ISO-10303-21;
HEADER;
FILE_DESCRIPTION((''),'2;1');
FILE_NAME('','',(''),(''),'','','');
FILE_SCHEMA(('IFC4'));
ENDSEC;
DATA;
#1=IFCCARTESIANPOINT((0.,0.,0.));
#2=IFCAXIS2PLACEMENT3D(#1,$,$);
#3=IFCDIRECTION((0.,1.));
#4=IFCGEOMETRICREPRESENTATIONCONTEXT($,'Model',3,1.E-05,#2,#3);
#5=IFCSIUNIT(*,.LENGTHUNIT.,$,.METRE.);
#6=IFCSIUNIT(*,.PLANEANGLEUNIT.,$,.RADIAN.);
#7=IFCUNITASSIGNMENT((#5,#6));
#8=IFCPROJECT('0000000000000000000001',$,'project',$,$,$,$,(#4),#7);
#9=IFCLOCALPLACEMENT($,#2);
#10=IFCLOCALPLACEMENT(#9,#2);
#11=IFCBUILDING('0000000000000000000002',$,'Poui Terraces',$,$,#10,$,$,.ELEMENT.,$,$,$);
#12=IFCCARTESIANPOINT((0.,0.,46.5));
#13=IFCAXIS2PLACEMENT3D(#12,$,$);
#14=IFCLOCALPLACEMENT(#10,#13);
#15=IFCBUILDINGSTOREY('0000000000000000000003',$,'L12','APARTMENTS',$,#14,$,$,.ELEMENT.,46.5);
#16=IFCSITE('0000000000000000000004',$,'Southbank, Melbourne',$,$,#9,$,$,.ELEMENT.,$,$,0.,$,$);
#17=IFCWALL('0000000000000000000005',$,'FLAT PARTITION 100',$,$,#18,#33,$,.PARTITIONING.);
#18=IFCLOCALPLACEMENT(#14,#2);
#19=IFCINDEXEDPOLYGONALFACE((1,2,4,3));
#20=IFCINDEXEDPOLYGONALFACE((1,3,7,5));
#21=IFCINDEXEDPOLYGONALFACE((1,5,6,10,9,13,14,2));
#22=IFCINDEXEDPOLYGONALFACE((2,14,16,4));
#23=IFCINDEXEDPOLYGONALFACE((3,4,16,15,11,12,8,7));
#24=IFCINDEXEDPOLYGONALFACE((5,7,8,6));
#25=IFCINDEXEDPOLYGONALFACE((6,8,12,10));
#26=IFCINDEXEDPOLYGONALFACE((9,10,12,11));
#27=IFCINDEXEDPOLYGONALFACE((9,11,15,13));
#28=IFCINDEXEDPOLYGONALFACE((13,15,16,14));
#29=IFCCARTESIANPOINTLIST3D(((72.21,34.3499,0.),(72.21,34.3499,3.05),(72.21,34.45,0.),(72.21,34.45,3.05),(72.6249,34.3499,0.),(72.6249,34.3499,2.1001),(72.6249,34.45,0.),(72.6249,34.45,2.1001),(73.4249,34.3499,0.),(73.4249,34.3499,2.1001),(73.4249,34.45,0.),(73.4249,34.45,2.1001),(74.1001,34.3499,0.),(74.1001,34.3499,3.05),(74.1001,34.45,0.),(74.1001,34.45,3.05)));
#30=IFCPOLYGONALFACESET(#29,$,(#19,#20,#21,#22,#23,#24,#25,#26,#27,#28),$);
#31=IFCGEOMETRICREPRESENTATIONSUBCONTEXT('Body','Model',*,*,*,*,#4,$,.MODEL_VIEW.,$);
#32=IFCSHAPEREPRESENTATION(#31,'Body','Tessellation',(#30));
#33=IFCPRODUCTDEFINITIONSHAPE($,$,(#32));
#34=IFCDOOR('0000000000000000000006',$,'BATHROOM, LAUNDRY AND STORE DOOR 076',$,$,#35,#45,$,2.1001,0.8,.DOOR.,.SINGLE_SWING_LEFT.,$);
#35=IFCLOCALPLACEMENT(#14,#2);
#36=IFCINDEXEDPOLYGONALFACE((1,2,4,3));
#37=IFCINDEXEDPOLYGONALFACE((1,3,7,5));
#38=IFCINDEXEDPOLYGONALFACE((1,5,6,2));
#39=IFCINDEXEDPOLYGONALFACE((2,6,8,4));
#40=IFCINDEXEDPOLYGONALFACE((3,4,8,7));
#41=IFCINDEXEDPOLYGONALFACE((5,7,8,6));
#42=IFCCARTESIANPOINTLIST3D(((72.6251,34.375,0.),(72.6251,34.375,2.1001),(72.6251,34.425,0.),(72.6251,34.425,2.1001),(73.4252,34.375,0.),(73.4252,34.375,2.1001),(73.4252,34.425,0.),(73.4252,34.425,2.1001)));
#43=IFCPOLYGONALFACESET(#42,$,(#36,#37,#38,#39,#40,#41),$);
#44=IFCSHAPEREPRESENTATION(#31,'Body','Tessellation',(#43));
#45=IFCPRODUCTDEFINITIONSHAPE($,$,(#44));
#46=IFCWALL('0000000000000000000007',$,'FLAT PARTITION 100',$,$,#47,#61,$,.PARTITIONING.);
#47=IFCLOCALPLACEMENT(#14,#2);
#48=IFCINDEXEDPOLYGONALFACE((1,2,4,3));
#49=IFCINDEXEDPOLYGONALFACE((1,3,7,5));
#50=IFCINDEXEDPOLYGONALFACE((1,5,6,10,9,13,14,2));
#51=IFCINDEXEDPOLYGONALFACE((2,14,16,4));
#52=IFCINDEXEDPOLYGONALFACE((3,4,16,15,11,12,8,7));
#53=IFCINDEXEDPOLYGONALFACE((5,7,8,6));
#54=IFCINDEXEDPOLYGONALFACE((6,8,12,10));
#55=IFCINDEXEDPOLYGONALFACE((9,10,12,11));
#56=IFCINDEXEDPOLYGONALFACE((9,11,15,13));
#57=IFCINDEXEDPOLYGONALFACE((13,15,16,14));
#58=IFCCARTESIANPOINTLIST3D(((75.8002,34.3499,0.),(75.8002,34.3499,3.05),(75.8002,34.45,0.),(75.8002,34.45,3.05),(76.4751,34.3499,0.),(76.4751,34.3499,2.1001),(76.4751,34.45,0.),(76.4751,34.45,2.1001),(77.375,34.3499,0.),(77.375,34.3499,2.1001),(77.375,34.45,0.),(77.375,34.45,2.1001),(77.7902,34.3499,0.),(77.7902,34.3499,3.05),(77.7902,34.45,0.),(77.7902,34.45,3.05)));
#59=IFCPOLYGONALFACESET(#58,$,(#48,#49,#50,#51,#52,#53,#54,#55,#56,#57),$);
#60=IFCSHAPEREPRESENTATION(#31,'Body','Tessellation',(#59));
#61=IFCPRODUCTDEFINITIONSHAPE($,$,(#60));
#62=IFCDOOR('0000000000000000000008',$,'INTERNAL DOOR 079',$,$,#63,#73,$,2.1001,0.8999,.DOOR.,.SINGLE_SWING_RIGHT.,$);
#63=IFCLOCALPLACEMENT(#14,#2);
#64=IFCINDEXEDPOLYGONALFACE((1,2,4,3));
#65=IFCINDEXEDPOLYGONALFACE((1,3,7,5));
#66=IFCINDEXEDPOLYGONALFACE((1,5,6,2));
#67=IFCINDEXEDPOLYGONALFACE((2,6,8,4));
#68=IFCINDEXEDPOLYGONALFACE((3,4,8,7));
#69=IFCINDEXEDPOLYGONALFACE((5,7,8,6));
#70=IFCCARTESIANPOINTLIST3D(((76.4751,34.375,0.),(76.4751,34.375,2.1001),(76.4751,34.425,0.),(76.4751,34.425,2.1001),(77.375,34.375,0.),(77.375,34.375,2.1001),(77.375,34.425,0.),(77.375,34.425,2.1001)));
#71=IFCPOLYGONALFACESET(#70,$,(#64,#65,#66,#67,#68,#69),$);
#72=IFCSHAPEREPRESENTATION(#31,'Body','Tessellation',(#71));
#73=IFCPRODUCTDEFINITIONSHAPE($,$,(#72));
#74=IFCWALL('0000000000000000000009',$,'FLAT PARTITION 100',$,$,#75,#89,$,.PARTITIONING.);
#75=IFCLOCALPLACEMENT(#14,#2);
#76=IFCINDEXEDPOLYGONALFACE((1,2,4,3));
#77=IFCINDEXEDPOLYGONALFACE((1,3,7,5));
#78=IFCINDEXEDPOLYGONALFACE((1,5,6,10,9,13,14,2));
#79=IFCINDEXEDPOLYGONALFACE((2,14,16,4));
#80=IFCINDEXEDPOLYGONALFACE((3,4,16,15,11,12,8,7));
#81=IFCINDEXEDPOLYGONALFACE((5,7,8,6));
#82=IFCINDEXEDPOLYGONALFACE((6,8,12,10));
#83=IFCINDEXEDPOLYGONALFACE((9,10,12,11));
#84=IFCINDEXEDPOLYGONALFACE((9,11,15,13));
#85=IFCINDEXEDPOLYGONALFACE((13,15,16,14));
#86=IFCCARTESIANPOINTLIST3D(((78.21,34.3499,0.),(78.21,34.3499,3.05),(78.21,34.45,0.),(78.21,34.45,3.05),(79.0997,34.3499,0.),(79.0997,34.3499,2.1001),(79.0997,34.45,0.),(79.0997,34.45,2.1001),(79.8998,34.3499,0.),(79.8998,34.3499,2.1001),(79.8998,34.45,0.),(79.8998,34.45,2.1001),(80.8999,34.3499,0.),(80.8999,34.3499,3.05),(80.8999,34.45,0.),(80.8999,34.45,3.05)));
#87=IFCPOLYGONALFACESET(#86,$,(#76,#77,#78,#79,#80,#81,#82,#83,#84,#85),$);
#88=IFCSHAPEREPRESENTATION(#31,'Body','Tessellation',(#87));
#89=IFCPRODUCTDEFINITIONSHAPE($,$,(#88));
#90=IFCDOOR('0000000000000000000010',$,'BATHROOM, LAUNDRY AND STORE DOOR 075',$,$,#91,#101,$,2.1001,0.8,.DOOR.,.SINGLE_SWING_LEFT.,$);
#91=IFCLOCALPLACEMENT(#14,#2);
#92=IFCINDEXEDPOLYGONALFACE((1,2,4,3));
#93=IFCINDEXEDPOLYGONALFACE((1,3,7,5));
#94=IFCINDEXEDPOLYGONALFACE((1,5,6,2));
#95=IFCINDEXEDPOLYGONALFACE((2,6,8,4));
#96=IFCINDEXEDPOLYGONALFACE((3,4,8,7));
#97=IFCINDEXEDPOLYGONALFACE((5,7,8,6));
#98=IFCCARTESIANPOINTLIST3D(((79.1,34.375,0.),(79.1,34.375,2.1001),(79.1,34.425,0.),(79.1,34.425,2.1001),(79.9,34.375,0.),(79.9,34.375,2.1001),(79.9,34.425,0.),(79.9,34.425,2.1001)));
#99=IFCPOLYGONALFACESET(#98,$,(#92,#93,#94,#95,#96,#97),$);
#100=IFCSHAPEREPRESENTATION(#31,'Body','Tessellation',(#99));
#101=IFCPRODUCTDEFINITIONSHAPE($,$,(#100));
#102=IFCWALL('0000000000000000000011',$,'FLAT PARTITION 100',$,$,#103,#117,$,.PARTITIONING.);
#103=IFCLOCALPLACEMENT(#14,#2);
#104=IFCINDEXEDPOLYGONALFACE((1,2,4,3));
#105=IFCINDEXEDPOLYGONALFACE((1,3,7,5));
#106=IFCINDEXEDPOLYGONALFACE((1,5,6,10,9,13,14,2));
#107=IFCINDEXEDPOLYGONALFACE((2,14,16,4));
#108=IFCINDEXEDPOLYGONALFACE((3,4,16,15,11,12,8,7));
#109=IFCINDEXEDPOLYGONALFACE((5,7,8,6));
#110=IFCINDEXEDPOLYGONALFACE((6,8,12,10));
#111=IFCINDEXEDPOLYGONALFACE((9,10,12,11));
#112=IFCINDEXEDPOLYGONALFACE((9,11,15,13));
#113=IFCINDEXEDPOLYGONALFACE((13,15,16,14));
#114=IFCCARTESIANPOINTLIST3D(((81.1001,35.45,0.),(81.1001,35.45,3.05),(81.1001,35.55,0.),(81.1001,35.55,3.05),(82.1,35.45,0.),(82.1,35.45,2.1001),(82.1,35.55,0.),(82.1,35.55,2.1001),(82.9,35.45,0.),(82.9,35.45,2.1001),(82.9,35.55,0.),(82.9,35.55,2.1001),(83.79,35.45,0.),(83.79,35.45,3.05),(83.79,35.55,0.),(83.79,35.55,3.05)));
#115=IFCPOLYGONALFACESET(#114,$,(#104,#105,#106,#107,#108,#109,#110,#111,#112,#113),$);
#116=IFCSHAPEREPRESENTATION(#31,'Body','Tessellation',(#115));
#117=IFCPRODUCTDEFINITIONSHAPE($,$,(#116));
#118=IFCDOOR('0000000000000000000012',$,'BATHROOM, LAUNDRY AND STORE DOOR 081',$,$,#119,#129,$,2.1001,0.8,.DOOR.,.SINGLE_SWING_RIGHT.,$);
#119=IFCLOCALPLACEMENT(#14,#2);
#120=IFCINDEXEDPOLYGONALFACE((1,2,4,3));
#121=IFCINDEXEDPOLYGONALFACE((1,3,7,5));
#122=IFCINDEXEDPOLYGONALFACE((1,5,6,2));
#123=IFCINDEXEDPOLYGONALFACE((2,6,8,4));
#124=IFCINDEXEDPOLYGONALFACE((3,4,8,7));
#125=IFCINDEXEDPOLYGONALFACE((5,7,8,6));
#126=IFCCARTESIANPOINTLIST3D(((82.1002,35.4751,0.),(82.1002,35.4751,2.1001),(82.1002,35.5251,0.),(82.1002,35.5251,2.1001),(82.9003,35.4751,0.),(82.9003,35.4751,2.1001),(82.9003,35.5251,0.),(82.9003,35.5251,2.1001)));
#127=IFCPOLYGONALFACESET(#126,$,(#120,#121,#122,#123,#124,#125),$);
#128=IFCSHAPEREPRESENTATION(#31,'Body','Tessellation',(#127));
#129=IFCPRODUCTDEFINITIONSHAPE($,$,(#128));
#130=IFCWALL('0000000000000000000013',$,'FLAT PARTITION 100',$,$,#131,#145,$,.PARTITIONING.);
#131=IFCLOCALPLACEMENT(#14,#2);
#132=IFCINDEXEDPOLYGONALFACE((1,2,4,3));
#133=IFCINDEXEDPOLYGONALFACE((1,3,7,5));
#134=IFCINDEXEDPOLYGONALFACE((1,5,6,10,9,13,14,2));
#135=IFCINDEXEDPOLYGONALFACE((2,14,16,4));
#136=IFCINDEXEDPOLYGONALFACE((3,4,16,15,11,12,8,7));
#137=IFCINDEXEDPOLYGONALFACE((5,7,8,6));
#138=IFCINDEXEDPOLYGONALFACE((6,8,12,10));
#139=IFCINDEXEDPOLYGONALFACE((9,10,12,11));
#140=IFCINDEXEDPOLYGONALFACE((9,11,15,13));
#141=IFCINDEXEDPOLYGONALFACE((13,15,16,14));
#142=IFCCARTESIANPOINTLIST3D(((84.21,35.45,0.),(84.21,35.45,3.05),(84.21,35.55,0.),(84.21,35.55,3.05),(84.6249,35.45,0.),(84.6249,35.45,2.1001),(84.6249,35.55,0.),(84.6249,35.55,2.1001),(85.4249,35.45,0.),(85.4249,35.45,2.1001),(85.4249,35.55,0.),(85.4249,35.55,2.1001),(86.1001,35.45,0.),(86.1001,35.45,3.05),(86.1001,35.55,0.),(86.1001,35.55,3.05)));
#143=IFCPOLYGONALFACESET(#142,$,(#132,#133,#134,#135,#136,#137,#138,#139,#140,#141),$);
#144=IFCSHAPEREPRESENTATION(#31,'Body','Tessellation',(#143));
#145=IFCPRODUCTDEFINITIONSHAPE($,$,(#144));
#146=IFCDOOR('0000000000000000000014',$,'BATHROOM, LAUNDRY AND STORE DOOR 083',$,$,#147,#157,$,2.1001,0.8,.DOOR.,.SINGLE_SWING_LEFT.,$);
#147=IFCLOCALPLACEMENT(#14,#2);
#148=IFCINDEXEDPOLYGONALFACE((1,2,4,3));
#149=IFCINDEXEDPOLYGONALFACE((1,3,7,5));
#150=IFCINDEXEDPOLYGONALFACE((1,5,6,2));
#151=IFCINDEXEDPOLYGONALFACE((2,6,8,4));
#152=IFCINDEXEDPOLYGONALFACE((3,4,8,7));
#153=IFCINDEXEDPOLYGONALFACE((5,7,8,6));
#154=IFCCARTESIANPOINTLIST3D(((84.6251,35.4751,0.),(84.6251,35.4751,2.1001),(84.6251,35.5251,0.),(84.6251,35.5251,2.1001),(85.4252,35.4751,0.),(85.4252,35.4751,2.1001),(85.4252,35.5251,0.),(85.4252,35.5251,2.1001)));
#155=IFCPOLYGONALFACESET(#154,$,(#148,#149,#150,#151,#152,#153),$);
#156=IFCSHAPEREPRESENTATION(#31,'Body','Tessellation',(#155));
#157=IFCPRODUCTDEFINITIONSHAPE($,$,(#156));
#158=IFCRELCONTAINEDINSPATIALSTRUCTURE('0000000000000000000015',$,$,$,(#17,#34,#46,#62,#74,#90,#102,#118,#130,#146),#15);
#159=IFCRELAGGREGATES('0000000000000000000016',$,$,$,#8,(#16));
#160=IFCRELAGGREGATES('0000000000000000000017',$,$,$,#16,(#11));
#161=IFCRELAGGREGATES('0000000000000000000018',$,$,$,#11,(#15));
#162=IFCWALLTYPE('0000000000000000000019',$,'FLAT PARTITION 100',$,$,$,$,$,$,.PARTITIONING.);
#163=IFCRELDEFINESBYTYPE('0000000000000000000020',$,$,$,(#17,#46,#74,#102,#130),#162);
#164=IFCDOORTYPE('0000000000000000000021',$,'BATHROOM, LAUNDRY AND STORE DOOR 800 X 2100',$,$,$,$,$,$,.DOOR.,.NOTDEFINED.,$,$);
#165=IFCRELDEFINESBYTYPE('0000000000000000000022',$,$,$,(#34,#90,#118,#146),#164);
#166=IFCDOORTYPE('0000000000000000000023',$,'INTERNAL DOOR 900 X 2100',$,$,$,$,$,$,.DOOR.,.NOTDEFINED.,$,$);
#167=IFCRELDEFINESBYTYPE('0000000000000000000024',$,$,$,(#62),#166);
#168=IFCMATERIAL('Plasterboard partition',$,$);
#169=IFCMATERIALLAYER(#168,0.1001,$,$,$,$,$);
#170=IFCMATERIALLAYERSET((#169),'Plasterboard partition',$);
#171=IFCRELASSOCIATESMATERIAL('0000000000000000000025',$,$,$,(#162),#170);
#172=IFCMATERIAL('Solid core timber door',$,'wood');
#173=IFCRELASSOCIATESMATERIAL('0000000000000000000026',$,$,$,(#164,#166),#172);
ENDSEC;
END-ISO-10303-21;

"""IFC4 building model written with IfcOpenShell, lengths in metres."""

from ifc_helpers import new_model, si_unit, direction, frame, frame_2d, origin, place, context, subcontext, project, spatial, rectangle, extrude, material, layer, layer_set, type_object, element, fill, save


model = new_model("IFC4")

# Units and contexts
model_context = context("Model", 3, precision=1e-05, world=origin(), true_north=direction((0.0, 1.0)))
body_context = subcontext(model_context, "Body", "Model", "MODEL_VIEW")
ifc_project = project(units=[si_unit("LENGTHUNIT", "METRE"), si_unit("PLANEANGLEUNIT", "RADIAN")], contexts=[model_context])

# Site, building, storey
site_placement = place(None, origin())
site = spatial("IfcSite", under=ifc_project, at=site_placement, Name="Southbank, Melbourne", CompositionType="ELEMENT", RefElevation=0.0)
building_placement = place(site_placement, origin())
building = spatial("IfcBuilding", under=site, at=building_placement, Name="Poui Terraces", CompositionType="ELEMENT")
storey_placement = place(building_placement, frame((0.0, 0.0, 46.5)))
storey = spatial("IfcBuildingStorey", under=building, at=storey_placement, Name="L12", Description="APARTMENTS", CompositionType="ELEMENT", Elevation=46.5)

# Walls, openings, doors
ifc_material_1 = material(Name="Plasterboard partition")
ifc_layer_1 = layer(ifc_material_1, 0.1001)
ifc_layer_set_1 = layer_set([ifc_layer_1], Name="Plasterboard partition")
wall_type_1 = type_object("IfcWallType", Name="FLAT PARTITION 100", PredefinedType="PARTITIONING", material=ifc_layer_set_1)
wall_1_placement = place(storey_placement, frame((72.21, 34.3999, 0.0), z_axis=(0.0, 0.0, 1.0), x_axis=(1.0, 0.0, 0.0)))
wall_1 = element("IfcWall", 1, at=wall_1_placement, inside=storey, type_object=wall_type_1, Name="FLAT PARTITION 100", PredefinedType="PARTITIONING", context=body_context, shape_type="SweptSolid", body=[
    extrude(rectangle(XDim=1.8901, YDim=0.1001, at=frame_2d((0.9451, 0.0))), origin(), (0.0, 0.0, 1.0), 3.05),
])
opening_1_placement = place(wall_1_placement, frame((0.415, 0.0, 0.0)))
opening_1 = element("IfcOpeningElement", 2, at=opening_1_placement, cuts=wall_1, PredefinedType="OPENING", context=body_context, shape_type="SweptSolid", body=[
    extrude(rectangle(XDim=0.8, YDim=2.1001, at=frame_2d((0.3999, 1.05))), frame((0.0, 0.0601, 0.0), z_axis=(0.0, -1.0, 0.0), x_axis=(1.0, 0.0, 0.0)), (0.0, 0.0, 1.0), 0.1201),
])
ifc_material_2 = material(Name="Solid core timber door", Category="wood")
door_type_1 = type_object("IfcDoorType", Name="BATHROOM, LAUNDRY AND STORE DOOR 800 X 2100", OperationType="NOTDEFINED", PredefinedType="DOOR", material=ifc_material_2)
door_1_placement = place(opening_1_placement, frame((0.8, 0.0, 0.0), z_axis=(0.0, 0.0, 1.0), x_axis=(-1.0, 0.0, 0.0)))
door_1 = element("IfcDoor", 3, at=door_1_placement, inside=storey, type_object=door_type_1, Name="BATHROOM, LAUNDRY AND STORE DOOR 076", OperationType="SINGLE_SWING_LEFT", OverallHeight=2.1001, OverallWidth=0.8, PredefinedType="DOOR", context=body_context, shape_type="SweptSolid", body=[
    extrude(rectangle(XDim=0.8, YDim=2.1001, at=frame_2d((0.3999, 1.05))), frame((0.0, 0.0249, 0.0), z_axis=(0.0, -1.0, 0.0), x_axis=(1.0, 0.0, 0.0)), (0.0, 0.0, 1.0), 0.05),
])
fill(opening_1, door_1)
wall_2_placement = place(storey_placement, frame((75.8, 34.3999, 0.0), z_axis=(0.0, 0.0, 1.0), x_axis=(1.0, 0.0, 0.0)))
wall_2 = element("IfcWall", 4, at=wall_2_placement, inside=storey, type_object=wall_type_1, Name="FLAT PARTITION 100", PredefinedType="PARTITIONING", context=body_context, shape_type="SweptSolid", body=[
    extrude(rectangle(XDim=1.99, YDim=0.1001, at=frame_2d((0.9951, 0.0))), origin(), (0.0, 0.0, 1.0), 3.05),
])
opening_2_placement = place(wall_2_placement, frame((0.675, 0.0, 0.0)))
opening_2 = element("IfcOpeningElement", 5, at=opening_2_placement, cuts=wall_2, PredefinedType="OPENING", context=body_context, shape_type="SweptSolid", body=[
    extrude(rectangle(XDim=0.8999, YDim=2.1001, at=frame_2d((0.45, 1.05))), frame((0.0, 0.0601, 0.0), z_axis=(0.0, -1.0, 0.0), x_axis=(1.0, 0.0, 0.0)), (0.0, 0.0, 1.0), 0.1201),
])
door_type_2 = type_object("IfcDoorType", Name="INTERNAL DOOR 900 X 2100", OperationType="NOTDEFINED", PredefinedType="DOOR", material=ifc_material_2)
door_2_placement = place(opening_2_placement, frame((0.8999, 0.0, 0.0), z_axis=(0.0, 0.0, 1.0), x_axis=(-1.0, 0.0, 0.0)))
door_2 = element("IfcDoor", 6, at=door_2_placement, inside=storey, type_object=door_type_2, Name="INTERNAL DOOR 079", OperationType="SINGLE_SWING_RIGHT", OverallHeight=2.1001, OverallWidth=0.8999, PredefinedType="DOOR", context=body_context, shape_type="SweptSolid", body=[
    extrude(rectangle(XDim=0.8999, YDim=2.1001, at=frame_2d((0.45, 1.05))), frame((0.0, 0.0249, 0.0), z_axis=(0.0, -1.0, 0.0), x_axis=(1.0, 0.0, 0.0)), (0.0, 0.0, 1.0), 0.05),
])
fill(opening_2, door_2)
wall_3_placement = place(storey_placement, frame((78.21, 34.3999, 0.0), z_axis=(0.0, 0.0, 1.0), x_axis=(1.0, 0.0, 0.0)))
wall_3 = element("IfcWall", 7, at=wall_3_placement, inside=storey, type_object=wall_type_1, Name="FLAT PARTITION 100", PredefinedType="PARTITIONING", context=body_context, shape_type="SweptSolid", body=[
    extrude(rectangle(XDim=2.6899, YDim=0.1001, at=frame_2d((1.345, 0.0))), origin(), (0.0, 0.0, 1.0), 3.05),
])
opening_3_placement = place(wall_3_placement, frame((0.8899, 0.0, 0.0)))
opening_3 = element("IfcOpeningElement", 8, at=opening_3_placement, cuts=wall_3, PredefinedType="OPENING", context=body_context, shape_type="SweptSolid", body=[
    extrude(rectangle(XDim=0.8, YDim=2.1001, at=frame_2d((0.3999, 1.05))), frame((0.0, 0.0601, 0.0), z_axis=(0.0, -1.0, 0.0), x_axis=(1.0, 0.0, 0.0)), (0.0, 0.0, 1.0), 0.1201),
])
door_3_placement = place(opening_3_placement, frame((0.8, 0.0, 0.0), z_axis=(0.0, 0.0, 1.0), x_axis=(-1.0, 0.0, 0.0)))
door_3 = element("IfcDoor", 9, at=door_3_placement, inside=storey, type_object=door_type_1, Name="BATHROOM, LAUNDRY AND STORE DOOR 075", OperationType="SINGLE_SWING_LEFT", OverallHeight=2.1001, OverallWidth=0.8, PredefinedType="DOOR", context=body_context, shape_type="SweptSolid", body=[
    extrude(rectangle(XDim=0.8, YDim=2.1001, at=frame_2d((0.3999, 1.05))), frame((0.0, 0.0249, 0.0), z_axis=(0.0, -1.0, 0.0), x_axis=(1.0, 0.0, 0.0)), (0.0, 0.0, 1.0), 0.05),
])
fill(opening_3, door_3)
wall_4_placement = place(storey_placement, frame((81.1001, 35.5, 0.0), z_axis=(0.0, 0.0, 1.0), x_axis=(1.0, 0.0, 0.0)))
wall_4 = element("IfcWall", 10, at=wall_4_placement, inside=storey, type_object=wall_type_1, Name="FLAT PARTITION 100", PredefinedType="PARTITIONING", context=body_context, shape_type="SweptSolid", body=[
    extrude(rectangle(XDim=2.6899, YDim=0.1001, at=frame_2d((1.345, 0.0))), origin(), (0.0, 0.0, 1.0), 3.05),
])
opening_4_placement = place(wall_4_placement, frame((1.0, 0.0, 0.0)))
opening_4 = element("IfcOpeningElement", 11, at=opening_4_placement, cuts=wall_4, PredefinedType="OPENING", context=body_context, shape_type="SweptSolid", body=[
    extrude(rectangle(XDim=0.8, YDim=2.1001, at=frame_2d((0.3999, 1.05))), frame((0.0, 0.0601, 0.0), z_axis=(0.0, -1.0, 0.0), x_axis=(1.0, 0.0, 0.0)), (0.0, 0.0, 1.0), 0.1201),
])
door_4_placement = place(opening_4_placement, frame((0.8, 0.0, 0.0), z_axis=(0.0, 0.0, 1.0), x_axis=(-1.0, 0.0, 0.0)))
door_4 = element("IfcDoor", 12, at=door_4_placement, inside=storey, type_object=door_type_1, Name="BATHROOM, LAUNDRY AND STORE DOOR 081", OperationType="SINGLE_SWING_RIGHT", OverallHeight=2.1001, OverallWidth=0.8, PredefinedType="DOOR", context=body_context, shape_type="SweptSolid", body=[
    extrude(rectangle(XDim=0.8, YDim=2.1001, at=frame_2d((0.3999, 1.05))), frame((0.0, 0.0249, 0.0), z_axis=(0.0, -1.0, 0.0), x_axis=(1.0, 0.0, 0.0)), (0.0, 0.0, 1.0), 0.05),
])
fill(opening_4, door_4)
wall_5_placement = place(storey_placement, frame((84.21, 35.5, 0.0), z_axis=(0.0, 0.0, 1.0), x_axis=(1.0, 0.0, 0.0)))
wall_5 = element("IfcWall", 13, at=wall_5_placement, inside=storey, type_object=wall_type_1, Name="FLAT PARTITION 100", PredefinedType="PARTITIONING", context=body_context, shape_type="SweptSolid", body=[
    extrude(rectangle(XDim=1.8901, YDim=0.1001, at=frame_2d((0.9451, 0.0))), origin(), (0.0, 0.0, 1.0), 3.05),
])
opening_5_placement = place(wall_5_placement, frame((0.415, 0.0, 0.0)))
opening_5 = element("IfcOpeningElement", 14, at=opening_5_placement, cuts=wall_5, PredefinedType="OPENING", context=body_context, shape_type="SweptSolid", body=[
    extrude(rectangle(XDim=0.8, YDim=2.1001, at=frame_2d((0.3999, 1.05))), frame((0.0, 0.0601, 0.0), z_axis=(0.0, -1.0, 0.0), x_axis=(1.0, 0.0, 0.0)), (0.0, 0.0, 1.0), 0.1201),
])
door_5_placement = place(opening_5_placement, frame((0.8, 0.0, 0.0), z_axis=(0.0, 0.0, 1.0), x_axis=(-1.0, 0.0, 0.0)))
door_5 = element("IfcDoor", 15, at=door_5_placement, inside=storey, type_object=door_type_1, Name="BATHROOM, LAUNDRY AND STORE DOOR 083", OperationType="SINGLE_SWING_LEFT", OverallHeight=2.1001, OverallWidth=0.8, PredefinedType="DOOR", context=body_context, shape_type="SweptSolid", body=[
    extrude(rectangle(XDim=0.8, YDim=2.1001, at=frame_2d((0.3999, 1.05))), frame((0.0, 0.0249, 0.0), z_axis=(0.0, -1.0, 0.0), x_axis=(1.0, 0.0, 0.0)), (0.0, 0.0, 1.0), 0.05),
])
fill(opening_5, door_5)

save(model, "model.ifc")
